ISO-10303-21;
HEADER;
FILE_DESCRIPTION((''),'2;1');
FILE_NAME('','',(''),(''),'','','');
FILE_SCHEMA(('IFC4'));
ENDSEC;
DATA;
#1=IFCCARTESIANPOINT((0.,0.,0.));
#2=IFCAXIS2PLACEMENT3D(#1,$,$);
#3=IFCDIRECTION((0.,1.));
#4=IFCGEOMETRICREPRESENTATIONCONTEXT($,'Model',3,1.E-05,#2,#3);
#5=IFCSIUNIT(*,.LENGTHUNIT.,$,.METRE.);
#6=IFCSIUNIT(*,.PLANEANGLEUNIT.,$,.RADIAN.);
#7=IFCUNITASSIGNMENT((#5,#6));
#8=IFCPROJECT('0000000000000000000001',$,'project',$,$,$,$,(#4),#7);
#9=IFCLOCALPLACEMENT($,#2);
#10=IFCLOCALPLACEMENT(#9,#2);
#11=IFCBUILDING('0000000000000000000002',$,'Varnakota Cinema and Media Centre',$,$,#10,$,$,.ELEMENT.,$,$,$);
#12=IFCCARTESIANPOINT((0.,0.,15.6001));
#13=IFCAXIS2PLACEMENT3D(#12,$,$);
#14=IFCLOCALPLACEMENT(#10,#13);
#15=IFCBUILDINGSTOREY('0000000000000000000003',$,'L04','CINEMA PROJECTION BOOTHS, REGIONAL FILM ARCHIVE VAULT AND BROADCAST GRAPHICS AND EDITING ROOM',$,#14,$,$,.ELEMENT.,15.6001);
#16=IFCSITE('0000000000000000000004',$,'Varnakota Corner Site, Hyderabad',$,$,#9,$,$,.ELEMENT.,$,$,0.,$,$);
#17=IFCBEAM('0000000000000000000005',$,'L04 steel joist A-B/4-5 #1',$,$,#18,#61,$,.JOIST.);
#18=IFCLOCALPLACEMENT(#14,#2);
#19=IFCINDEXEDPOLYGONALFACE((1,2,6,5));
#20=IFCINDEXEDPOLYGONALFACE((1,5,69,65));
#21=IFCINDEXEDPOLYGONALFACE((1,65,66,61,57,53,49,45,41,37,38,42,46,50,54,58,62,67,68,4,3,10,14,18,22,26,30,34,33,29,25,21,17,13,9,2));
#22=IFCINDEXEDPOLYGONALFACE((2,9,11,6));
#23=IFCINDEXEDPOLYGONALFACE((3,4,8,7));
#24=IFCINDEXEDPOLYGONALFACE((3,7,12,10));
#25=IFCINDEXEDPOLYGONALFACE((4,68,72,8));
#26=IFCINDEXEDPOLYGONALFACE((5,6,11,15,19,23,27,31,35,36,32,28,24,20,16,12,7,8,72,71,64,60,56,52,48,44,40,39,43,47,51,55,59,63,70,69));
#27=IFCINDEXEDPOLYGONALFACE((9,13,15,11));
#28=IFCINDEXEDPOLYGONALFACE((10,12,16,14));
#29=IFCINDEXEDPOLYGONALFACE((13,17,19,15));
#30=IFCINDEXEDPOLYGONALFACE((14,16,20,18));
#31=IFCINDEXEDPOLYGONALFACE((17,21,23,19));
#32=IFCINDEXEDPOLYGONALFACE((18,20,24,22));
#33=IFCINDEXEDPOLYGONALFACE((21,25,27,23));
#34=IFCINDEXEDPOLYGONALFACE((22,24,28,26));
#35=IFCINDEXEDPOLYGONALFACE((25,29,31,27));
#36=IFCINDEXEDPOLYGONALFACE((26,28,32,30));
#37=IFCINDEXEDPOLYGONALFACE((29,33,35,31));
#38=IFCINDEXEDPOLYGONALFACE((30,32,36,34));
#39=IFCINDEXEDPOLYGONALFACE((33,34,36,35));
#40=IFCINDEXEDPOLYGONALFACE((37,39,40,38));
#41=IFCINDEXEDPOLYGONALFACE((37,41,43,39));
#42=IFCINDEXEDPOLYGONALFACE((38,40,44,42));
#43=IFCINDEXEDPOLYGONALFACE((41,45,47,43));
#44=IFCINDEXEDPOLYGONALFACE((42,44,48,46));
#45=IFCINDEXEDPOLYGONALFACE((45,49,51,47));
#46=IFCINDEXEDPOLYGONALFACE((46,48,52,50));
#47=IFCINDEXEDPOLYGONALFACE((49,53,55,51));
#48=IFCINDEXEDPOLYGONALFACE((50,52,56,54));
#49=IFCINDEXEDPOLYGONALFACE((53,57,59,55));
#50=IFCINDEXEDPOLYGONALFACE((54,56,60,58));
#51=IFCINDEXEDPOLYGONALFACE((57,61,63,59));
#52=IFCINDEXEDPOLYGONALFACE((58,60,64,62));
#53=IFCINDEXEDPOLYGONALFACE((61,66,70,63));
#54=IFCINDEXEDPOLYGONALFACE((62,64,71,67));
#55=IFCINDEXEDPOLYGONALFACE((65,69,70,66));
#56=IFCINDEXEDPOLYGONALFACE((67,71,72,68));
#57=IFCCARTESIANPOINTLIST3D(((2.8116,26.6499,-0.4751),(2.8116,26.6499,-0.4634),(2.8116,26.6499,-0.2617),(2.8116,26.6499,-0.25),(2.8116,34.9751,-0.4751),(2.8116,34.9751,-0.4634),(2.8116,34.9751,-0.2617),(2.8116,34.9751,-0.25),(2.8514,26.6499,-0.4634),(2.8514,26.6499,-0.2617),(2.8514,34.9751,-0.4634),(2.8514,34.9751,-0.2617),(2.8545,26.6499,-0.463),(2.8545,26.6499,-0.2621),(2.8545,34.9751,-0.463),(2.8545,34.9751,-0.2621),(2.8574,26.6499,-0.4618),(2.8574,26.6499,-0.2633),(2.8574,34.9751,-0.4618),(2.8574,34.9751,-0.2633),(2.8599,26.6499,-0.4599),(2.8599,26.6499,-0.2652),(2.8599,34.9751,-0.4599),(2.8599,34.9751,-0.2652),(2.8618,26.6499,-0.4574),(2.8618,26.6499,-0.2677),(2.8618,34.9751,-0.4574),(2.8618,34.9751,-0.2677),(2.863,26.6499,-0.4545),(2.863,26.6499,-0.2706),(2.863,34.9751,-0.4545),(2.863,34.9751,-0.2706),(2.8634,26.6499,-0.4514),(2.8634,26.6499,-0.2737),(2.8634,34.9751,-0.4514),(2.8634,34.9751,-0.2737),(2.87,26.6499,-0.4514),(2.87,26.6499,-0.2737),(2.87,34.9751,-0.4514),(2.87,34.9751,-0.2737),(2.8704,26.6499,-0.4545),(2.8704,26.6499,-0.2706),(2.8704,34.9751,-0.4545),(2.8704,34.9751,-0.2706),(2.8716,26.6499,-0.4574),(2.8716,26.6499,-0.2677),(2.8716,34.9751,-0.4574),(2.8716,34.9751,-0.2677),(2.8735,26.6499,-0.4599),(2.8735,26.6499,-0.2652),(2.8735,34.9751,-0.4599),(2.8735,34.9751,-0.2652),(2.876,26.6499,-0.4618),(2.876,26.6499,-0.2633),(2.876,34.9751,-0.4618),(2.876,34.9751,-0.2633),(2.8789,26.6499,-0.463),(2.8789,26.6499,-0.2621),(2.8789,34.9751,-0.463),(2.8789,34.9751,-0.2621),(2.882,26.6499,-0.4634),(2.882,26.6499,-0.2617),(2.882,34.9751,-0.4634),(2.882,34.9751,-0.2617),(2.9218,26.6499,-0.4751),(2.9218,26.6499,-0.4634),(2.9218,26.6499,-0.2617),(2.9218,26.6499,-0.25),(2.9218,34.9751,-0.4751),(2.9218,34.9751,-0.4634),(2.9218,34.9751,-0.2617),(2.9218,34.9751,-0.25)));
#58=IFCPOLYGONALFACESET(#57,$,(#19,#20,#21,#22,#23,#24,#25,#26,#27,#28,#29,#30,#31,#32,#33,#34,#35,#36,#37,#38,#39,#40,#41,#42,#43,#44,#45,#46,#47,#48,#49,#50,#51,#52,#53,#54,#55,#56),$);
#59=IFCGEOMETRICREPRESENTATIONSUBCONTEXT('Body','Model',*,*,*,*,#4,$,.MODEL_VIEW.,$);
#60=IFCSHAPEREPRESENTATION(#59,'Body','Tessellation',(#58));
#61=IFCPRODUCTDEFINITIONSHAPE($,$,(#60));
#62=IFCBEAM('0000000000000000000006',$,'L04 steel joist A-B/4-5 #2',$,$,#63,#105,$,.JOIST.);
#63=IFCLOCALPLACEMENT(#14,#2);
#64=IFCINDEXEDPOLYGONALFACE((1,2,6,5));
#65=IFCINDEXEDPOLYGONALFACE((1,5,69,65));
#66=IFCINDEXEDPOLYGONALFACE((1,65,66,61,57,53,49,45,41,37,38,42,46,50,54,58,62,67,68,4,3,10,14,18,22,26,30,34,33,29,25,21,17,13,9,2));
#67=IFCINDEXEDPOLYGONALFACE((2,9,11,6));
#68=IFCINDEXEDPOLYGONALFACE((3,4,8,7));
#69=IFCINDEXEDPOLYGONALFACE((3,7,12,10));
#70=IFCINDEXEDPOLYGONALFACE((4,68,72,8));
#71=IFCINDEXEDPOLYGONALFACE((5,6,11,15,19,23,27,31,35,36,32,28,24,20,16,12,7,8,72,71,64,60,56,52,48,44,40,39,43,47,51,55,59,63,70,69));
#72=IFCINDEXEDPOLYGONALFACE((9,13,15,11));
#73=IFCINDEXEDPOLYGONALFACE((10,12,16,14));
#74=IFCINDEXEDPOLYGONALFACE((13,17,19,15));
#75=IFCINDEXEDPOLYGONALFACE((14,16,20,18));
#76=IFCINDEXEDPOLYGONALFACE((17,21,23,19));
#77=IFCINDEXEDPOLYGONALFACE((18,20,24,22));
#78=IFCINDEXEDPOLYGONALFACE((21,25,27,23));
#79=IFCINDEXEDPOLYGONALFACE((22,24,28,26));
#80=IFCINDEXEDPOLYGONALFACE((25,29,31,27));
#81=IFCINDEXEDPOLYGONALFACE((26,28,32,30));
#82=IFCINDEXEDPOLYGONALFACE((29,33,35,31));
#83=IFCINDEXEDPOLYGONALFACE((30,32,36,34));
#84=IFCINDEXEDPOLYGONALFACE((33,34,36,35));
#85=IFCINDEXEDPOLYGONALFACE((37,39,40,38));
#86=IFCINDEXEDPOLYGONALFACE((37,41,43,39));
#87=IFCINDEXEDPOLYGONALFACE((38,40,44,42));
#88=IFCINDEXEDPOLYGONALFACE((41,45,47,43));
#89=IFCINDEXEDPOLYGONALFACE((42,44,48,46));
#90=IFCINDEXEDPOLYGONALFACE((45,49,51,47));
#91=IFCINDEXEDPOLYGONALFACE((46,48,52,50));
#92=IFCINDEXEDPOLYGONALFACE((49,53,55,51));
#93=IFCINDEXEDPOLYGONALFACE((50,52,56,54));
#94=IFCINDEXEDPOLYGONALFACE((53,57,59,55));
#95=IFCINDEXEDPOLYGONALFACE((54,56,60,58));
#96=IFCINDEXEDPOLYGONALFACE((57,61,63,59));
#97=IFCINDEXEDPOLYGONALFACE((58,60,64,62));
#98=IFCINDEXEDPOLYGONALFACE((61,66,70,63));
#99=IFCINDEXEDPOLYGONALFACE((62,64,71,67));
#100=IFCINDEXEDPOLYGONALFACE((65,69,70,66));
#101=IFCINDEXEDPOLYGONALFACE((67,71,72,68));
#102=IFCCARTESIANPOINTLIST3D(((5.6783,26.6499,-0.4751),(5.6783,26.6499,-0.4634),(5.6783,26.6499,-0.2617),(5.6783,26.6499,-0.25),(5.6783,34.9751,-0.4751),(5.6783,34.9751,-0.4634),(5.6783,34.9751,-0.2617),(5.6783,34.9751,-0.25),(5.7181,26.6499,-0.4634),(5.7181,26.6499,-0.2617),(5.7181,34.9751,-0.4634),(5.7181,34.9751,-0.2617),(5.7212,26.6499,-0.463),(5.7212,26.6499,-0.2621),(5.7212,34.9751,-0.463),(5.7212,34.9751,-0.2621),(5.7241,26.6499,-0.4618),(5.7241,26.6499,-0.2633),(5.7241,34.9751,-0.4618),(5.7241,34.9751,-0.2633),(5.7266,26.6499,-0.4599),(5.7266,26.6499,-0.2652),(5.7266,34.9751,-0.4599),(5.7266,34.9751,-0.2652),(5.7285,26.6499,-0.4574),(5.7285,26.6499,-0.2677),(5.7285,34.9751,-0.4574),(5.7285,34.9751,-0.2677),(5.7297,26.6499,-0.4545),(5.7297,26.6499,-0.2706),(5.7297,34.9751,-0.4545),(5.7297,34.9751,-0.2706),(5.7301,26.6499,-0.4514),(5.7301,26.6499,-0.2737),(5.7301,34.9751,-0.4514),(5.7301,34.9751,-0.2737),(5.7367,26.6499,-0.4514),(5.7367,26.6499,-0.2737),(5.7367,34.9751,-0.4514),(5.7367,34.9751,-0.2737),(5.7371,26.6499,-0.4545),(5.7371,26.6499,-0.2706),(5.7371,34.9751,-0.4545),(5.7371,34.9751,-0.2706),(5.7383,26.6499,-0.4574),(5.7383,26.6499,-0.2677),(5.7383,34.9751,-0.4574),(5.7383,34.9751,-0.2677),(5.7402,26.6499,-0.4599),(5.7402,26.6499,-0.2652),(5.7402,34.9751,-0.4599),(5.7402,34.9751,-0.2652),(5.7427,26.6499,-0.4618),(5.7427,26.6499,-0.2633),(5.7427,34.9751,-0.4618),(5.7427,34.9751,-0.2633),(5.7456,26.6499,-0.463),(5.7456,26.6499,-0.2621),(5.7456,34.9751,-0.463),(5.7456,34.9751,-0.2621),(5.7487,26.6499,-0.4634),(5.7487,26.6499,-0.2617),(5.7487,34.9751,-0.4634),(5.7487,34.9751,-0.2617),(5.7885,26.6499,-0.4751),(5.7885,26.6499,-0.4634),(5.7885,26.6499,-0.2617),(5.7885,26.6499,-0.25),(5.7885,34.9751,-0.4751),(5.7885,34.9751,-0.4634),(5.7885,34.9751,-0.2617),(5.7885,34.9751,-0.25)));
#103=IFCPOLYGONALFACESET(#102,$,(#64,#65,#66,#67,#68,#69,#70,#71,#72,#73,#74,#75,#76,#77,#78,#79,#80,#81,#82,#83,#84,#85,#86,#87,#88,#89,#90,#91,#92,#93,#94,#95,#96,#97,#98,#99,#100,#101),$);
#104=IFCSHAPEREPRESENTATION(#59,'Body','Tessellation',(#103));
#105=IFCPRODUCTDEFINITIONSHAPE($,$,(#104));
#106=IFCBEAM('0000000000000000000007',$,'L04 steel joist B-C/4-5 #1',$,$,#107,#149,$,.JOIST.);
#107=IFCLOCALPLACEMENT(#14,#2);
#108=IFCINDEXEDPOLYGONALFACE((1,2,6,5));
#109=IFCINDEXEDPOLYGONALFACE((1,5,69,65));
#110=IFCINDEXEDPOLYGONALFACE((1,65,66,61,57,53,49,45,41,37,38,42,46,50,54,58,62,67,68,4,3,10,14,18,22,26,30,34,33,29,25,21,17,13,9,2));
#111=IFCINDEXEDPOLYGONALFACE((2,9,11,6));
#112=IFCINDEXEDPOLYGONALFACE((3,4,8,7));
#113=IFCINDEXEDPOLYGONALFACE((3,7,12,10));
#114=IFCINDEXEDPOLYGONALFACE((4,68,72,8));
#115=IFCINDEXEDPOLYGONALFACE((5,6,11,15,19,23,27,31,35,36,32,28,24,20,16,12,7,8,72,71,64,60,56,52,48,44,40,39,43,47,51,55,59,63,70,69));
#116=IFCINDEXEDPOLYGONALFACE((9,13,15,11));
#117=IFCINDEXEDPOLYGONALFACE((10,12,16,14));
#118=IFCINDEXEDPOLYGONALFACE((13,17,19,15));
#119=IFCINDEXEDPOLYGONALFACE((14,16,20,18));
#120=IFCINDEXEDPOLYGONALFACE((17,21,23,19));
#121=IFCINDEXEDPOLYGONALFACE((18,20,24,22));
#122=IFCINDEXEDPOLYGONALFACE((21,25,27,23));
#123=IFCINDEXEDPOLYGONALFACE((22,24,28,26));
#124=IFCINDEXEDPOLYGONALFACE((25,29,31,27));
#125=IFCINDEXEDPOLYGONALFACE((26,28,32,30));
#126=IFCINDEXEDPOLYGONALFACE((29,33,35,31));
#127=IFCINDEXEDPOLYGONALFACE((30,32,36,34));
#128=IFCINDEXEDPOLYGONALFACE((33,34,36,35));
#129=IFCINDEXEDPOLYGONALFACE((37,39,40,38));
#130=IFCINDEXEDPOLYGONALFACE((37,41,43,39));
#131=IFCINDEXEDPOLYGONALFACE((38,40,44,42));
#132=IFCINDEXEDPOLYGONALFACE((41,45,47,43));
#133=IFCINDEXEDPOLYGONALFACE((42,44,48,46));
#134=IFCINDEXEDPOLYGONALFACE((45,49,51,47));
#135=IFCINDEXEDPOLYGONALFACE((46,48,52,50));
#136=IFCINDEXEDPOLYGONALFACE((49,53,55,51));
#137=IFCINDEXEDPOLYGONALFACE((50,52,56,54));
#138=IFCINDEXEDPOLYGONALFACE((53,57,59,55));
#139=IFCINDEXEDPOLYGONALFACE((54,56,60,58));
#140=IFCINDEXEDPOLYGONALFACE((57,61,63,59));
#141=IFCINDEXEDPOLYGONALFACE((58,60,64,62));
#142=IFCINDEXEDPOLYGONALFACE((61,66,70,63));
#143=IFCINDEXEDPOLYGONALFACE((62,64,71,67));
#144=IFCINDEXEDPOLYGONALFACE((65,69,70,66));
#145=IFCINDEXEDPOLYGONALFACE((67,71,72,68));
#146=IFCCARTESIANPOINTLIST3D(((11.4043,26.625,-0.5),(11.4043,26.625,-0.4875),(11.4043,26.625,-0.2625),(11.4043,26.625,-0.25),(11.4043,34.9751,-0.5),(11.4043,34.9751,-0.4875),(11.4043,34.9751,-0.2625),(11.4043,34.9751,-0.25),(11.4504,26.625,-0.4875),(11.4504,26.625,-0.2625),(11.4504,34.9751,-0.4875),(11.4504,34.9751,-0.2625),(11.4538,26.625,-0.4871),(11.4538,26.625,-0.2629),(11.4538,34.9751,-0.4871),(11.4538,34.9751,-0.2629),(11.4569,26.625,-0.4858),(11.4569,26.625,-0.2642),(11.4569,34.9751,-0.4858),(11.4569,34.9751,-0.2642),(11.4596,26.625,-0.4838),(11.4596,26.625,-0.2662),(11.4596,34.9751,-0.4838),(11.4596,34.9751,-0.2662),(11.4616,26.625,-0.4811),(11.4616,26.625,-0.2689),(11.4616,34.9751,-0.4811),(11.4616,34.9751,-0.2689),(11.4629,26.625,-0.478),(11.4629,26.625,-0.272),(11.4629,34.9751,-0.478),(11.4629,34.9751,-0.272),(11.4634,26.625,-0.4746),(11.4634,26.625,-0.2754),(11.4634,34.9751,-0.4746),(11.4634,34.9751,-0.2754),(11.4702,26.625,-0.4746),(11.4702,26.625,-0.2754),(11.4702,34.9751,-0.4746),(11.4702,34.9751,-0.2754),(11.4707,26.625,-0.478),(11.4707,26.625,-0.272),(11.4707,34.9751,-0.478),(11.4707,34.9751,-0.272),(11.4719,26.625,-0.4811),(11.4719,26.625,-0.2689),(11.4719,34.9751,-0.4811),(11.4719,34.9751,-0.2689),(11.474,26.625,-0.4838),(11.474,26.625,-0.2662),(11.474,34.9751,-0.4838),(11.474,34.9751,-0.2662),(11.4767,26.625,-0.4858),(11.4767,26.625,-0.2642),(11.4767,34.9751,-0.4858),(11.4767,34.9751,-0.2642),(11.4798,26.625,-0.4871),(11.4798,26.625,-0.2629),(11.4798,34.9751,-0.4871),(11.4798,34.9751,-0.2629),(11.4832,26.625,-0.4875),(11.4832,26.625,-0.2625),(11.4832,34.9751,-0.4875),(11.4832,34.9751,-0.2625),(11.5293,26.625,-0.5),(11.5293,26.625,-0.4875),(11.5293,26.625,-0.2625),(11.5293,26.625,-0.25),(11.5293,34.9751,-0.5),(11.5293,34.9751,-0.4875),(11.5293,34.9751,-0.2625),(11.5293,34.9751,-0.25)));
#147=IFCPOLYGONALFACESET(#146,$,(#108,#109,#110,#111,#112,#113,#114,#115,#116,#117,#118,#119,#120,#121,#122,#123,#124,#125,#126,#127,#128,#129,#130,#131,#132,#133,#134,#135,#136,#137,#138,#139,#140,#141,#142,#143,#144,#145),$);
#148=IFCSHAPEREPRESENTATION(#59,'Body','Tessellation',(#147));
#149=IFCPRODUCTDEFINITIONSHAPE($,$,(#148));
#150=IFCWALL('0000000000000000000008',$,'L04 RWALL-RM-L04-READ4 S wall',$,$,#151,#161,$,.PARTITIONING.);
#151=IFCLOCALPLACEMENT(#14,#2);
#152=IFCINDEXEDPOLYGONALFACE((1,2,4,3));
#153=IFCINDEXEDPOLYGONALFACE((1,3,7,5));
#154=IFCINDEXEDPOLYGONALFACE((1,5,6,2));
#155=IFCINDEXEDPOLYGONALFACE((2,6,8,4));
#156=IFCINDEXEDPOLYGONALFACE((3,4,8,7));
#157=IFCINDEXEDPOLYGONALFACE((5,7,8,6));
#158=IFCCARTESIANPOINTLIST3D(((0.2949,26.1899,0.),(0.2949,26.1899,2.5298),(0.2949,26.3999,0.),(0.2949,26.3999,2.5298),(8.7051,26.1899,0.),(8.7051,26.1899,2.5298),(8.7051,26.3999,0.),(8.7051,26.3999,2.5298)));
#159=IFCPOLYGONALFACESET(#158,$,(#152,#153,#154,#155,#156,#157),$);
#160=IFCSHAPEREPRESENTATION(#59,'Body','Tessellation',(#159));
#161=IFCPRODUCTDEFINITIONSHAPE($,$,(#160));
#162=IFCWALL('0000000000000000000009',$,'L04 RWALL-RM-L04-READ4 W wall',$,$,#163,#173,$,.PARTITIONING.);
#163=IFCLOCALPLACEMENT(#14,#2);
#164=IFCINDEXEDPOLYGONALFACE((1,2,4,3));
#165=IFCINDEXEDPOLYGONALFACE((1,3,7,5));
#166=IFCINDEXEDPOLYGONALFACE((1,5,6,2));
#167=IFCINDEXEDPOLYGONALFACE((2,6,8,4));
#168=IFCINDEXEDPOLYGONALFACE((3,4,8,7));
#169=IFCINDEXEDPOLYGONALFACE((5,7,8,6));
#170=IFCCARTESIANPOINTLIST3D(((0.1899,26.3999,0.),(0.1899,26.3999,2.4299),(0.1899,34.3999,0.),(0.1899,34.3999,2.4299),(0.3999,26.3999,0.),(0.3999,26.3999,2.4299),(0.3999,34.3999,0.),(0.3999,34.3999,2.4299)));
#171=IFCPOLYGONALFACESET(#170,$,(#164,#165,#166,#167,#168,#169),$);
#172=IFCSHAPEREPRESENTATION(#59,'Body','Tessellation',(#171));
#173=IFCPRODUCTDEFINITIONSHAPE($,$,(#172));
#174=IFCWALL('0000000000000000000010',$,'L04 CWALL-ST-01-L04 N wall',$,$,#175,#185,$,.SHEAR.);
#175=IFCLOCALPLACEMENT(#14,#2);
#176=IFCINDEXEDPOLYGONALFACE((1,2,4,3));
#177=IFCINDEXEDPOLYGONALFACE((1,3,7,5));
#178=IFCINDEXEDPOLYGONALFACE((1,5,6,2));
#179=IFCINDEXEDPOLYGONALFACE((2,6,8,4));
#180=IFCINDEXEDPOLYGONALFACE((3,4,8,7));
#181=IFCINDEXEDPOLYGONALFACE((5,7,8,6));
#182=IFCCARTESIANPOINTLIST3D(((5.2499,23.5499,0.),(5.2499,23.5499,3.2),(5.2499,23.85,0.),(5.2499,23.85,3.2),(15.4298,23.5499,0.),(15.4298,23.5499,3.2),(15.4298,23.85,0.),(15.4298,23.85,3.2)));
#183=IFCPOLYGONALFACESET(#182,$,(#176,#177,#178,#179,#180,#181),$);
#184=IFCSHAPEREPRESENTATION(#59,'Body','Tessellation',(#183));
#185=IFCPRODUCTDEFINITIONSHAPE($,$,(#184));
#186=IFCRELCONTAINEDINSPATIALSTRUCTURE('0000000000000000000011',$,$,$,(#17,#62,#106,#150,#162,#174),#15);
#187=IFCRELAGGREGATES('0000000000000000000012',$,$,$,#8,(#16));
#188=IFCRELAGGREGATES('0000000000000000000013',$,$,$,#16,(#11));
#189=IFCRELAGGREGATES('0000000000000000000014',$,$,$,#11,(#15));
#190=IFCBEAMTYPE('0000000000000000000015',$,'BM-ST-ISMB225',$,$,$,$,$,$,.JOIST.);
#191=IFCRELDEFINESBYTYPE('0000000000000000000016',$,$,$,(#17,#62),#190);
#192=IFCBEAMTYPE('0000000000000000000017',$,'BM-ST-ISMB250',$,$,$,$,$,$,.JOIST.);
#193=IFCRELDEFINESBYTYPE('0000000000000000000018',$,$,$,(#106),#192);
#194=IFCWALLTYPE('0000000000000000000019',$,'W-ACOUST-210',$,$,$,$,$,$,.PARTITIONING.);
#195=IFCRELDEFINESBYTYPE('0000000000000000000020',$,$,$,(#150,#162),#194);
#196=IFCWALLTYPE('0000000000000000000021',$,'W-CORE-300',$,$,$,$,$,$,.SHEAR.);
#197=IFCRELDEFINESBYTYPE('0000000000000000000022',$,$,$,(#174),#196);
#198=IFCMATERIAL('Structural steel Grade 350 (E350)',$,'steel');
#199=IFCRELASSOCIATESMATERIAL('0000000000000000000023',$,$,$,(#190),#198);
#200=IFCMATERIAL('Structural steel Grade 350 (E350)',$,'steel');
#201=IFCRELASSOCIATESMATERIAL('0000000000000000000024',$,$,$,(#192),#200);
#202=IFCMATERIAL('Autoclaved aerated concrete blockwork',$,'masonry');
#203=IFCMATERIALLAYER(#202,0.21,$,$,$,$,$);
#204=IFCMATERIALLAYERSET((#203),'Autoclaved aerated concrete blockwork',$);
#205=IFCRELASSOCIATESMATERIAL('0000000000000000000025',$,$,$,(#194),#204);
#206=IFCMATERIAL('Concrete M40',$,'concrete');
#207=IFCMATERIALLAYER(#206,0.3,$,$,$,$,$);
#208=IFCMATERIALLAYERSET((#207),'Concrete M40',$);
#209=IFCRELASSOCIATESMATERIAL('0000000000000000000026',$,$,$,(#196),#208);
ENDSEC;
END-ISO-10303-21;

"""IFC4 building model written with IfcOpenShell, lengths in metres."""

from ifc_helpers import new_model, si_unit, direction, frame, frame_2d, origin, origin_2d, place, context, subcontext, project, spatial, rectangle, i_section, extrude, material, layer, layer_set, material_profile, profile_set, type_object, element, save


model = new_model("IFC4")

# Units and contexts
model_context = context("Model", 3, precision=1e-05, world=origin(), true_north=direction((0.0, 1.0)))
body_context = subcontext(model_context, "Body", "Model", "MODEL_VIEW")
ifc_project = project(units=[si_unit("LENGTHUNIT", "METRE"), si_unit("PLANEANGLEUNIT", "RADIAN")], contexts=[model_context])

# Site, building, storey
site_placement = place(None, origin())
site = spatial("IfcSite", under=ifc_project, at=site_placement, Name="Varnakota Corner Site, Hyderabad", CompositionType="ELEMENT", RefElevation=0.0)
building_placement = place(site_placement, origin())
building = spatial("IfcBuilding", under=site, at=building_placement, Name="Varnakota Cinema and Media Centre", CompositionType="ELEMENT")
storey_placement = place(building_placement, frame((0.0, 0.0, 15.6001)))
storey = spatial("IfcBuildingStorey", under=building, at=storey_placement, Name="L04", Description="CINEMA PROJECTION BOOTHS, REGIONAL FILM ARCHIVE VAULT AND BROADCAST GRAPHICS AND EDITING ROOM", CompositionType="ELEMENT", Elevation=15.6001)

# Beams
ifc_material_1 = material(Name="Structural steel Grade 350 (E350)", Category="steel")
ifc_material_profile_1 = material_profile(ifc_material_1, i_section(OverallWidth=0.1101, OverallDepth=0.2251, WebThickness=0.0066, FlangeThickness=0.0117, FilletRadius=0.012, at=origin_2d()), Name="ISMB 225")
ifc_profile_set_1 = profile_set([ifc_material_profile_1], Name="Structural steel Grade 350 (E350)")
beam_type_1 = type_object("IfcBeamType", Name="BM-ST-ISMB225", PredefinedType="JOIST", material=ifc_profile_set_1)
for number, where, z_axis, x_axis, name in (
    (1, (2.8667, 26.6499, -0.3625), (0.0, 1.0, 0.0), (-1.0, 0.0, 0.0), "L04 steel joist A-B/4-5 #1"),
    (2, (5.7334, 26.6499, -0.3625), (0.0, 1.0, 0.0), (-1.0, 0.0, 0.0), "L04 steel joist A-B/4-5 #2"),
):
    element("IfcBeam", number, at=place(storey_placement, frame(where, z_axis=z_axis, x_axis=x_axis)), inside=storey, type_object=beam_type_1, Name=name, PredefinedType="JOIST", context=body_context, shape_type="SweptSolid", body=[
        extrude(i_section(OverallWidth=0.1101, OverallDepth=0.2251, WebThickness=0.0066, FlangeThickness=0.0117, FilletRadius=0.012, at=origin_2d()), origin(), (0.0, 0.0, 1.0), 8.3252),
    ])
ifc_material_2 = material(Name="Structural steel Grade 350 (E350)", Category="steel")
ifc_material_profile_2 = material_profile(ifc_material_2, i_section(OverallWidth=0.125, OverallDepth=0.25, WebThickness=0.0068, FlangeThickness=0.0125, FilletRadius=0.0129, at=origin_2d()), Name="ISMB 250")
ifc_profile_set_2 = profile_set([ifc_material_profile_2], Name="Structural steel Grade 350 (E350)")
beam_type_2 = type_object("IfcBeamType", Name="BM-ST-ISMB250", PredefinedType="JOIST", material=ifc_profile_set_2)
beam_1_placement = place(storey_placement, frame((11.4668, 26.625, -0.375), z_axis=(0.0, 1.0, 0.0), x_axis=(-1.0, 0.0, 0.0)))
element("IfcBeam", 3, at=beam_1_placement, inside=storey, type_object=beam_type_2, Name="L04 steel joist B-C/4-5 #1", PredefinedType="JOIST", context=body_context, shape_type="SweptSolid", body=[
    extrude(i_section(OverallWidth=0.125, OverallDepth=0.25, WebThickness=0.0068, FlangeThickness=0.0125, FilletRadius=0.0129, at=origin_2d()), origin(), (0.0, 0.0, 1.0), 8.3501),
])

# Walls
ifc_material_3 = material(Name="Autoclaved aerated concrete blockwork", Category="masonry")
ifc_layer_1 = layer(ifc_material_3, 0.21)
ifc_layer_set_1 = layer_set([ifc_layer_1], Name="Autoclaved aerated concrete blockwork")
wall_type_1 = type_object("IfcWallType", Name="W-ACOUST-210", PredefinedType="PARTITIONING", material=ifc_layer_set_1)
wall_1_placement = place(storey_placement, frame((8.7051, 26.2949, 0.0), z_axis=(0.0, 0.0, 1.0), x_axis=(-1.0, 0.0, 0.0)))
element("IfcWall", 4, at=wall_1_placement, inside=storey, type_object=wall_type_1, Name="L04 RWALL-RM-L04-READ4 S wall", PredefinedType="PARTITIONING", context=body_context, shape_type="SweptSolid", body=[
    extrude(rectangle(XDim=8.4102, YDim=0.21, at=frame_2d((4.2051, 0.0))), origin(), (0.0, 0.0, 1.0), 2.5298),
])
wall_2_placement = place(storey_placement, frame((0.2949, 26.3999, 0.0), z_axis=(0.0, 0.0, 1.0), x_axis=(0.0, 1.0, 0.0)))
element("IfcWall", 5, at=wall_2_placement, inside=storey, type_object=wall_type_1, Name="L04 RWALL-RM-L04-READ4 W wall", PredefinedType="PARTITIONING", context=body_context, shape_type="SweptSolid", body=[
    extrude(rectangle(XDim=8.0, YDim=0.21, at=frame_2d((4.0, 0.0))), origin(), (0.0, 0.0, 1.0), 2.4299),
])

# Shared definitions
ifc_material_4 = material(Name="Concrete M40", Category="concrete")
ifc_layer_2 = layer(ifc_material_4, 0.3)
ifc_layer_set_2 = layer_set([ifc_layer_2], Name="Concrete M40")
wall_type_2 = type_object("IfcWallType", Name="W-CORE-300", PredefinedType="SHEAR", material=ifc_layer_set_2)

# Wall
wall_3_placement = place(storey_placement, frame((5.25, 23.7, 0.0), z_axis=(0.0, 0.0, 1.0), x_axis=(1.0, 0.0, 0.0)))
element("IfcWall", 6, at=wall_3_placement, inside=storey, type_object=wall_type_2, Name="L04 CWALL-ST-01-L04 N wall", PredefinedType="SHEAR", context=body_context, shape_type="SweptSolid", body=[
    extrude(rectangle(XDim=10.1799, YDim=0.3, at=frame_2d((5.0898, 0.0))), origin(), (0.0, 0.0, 1.0), 3.2),
])

save(model, "model.ifc")
